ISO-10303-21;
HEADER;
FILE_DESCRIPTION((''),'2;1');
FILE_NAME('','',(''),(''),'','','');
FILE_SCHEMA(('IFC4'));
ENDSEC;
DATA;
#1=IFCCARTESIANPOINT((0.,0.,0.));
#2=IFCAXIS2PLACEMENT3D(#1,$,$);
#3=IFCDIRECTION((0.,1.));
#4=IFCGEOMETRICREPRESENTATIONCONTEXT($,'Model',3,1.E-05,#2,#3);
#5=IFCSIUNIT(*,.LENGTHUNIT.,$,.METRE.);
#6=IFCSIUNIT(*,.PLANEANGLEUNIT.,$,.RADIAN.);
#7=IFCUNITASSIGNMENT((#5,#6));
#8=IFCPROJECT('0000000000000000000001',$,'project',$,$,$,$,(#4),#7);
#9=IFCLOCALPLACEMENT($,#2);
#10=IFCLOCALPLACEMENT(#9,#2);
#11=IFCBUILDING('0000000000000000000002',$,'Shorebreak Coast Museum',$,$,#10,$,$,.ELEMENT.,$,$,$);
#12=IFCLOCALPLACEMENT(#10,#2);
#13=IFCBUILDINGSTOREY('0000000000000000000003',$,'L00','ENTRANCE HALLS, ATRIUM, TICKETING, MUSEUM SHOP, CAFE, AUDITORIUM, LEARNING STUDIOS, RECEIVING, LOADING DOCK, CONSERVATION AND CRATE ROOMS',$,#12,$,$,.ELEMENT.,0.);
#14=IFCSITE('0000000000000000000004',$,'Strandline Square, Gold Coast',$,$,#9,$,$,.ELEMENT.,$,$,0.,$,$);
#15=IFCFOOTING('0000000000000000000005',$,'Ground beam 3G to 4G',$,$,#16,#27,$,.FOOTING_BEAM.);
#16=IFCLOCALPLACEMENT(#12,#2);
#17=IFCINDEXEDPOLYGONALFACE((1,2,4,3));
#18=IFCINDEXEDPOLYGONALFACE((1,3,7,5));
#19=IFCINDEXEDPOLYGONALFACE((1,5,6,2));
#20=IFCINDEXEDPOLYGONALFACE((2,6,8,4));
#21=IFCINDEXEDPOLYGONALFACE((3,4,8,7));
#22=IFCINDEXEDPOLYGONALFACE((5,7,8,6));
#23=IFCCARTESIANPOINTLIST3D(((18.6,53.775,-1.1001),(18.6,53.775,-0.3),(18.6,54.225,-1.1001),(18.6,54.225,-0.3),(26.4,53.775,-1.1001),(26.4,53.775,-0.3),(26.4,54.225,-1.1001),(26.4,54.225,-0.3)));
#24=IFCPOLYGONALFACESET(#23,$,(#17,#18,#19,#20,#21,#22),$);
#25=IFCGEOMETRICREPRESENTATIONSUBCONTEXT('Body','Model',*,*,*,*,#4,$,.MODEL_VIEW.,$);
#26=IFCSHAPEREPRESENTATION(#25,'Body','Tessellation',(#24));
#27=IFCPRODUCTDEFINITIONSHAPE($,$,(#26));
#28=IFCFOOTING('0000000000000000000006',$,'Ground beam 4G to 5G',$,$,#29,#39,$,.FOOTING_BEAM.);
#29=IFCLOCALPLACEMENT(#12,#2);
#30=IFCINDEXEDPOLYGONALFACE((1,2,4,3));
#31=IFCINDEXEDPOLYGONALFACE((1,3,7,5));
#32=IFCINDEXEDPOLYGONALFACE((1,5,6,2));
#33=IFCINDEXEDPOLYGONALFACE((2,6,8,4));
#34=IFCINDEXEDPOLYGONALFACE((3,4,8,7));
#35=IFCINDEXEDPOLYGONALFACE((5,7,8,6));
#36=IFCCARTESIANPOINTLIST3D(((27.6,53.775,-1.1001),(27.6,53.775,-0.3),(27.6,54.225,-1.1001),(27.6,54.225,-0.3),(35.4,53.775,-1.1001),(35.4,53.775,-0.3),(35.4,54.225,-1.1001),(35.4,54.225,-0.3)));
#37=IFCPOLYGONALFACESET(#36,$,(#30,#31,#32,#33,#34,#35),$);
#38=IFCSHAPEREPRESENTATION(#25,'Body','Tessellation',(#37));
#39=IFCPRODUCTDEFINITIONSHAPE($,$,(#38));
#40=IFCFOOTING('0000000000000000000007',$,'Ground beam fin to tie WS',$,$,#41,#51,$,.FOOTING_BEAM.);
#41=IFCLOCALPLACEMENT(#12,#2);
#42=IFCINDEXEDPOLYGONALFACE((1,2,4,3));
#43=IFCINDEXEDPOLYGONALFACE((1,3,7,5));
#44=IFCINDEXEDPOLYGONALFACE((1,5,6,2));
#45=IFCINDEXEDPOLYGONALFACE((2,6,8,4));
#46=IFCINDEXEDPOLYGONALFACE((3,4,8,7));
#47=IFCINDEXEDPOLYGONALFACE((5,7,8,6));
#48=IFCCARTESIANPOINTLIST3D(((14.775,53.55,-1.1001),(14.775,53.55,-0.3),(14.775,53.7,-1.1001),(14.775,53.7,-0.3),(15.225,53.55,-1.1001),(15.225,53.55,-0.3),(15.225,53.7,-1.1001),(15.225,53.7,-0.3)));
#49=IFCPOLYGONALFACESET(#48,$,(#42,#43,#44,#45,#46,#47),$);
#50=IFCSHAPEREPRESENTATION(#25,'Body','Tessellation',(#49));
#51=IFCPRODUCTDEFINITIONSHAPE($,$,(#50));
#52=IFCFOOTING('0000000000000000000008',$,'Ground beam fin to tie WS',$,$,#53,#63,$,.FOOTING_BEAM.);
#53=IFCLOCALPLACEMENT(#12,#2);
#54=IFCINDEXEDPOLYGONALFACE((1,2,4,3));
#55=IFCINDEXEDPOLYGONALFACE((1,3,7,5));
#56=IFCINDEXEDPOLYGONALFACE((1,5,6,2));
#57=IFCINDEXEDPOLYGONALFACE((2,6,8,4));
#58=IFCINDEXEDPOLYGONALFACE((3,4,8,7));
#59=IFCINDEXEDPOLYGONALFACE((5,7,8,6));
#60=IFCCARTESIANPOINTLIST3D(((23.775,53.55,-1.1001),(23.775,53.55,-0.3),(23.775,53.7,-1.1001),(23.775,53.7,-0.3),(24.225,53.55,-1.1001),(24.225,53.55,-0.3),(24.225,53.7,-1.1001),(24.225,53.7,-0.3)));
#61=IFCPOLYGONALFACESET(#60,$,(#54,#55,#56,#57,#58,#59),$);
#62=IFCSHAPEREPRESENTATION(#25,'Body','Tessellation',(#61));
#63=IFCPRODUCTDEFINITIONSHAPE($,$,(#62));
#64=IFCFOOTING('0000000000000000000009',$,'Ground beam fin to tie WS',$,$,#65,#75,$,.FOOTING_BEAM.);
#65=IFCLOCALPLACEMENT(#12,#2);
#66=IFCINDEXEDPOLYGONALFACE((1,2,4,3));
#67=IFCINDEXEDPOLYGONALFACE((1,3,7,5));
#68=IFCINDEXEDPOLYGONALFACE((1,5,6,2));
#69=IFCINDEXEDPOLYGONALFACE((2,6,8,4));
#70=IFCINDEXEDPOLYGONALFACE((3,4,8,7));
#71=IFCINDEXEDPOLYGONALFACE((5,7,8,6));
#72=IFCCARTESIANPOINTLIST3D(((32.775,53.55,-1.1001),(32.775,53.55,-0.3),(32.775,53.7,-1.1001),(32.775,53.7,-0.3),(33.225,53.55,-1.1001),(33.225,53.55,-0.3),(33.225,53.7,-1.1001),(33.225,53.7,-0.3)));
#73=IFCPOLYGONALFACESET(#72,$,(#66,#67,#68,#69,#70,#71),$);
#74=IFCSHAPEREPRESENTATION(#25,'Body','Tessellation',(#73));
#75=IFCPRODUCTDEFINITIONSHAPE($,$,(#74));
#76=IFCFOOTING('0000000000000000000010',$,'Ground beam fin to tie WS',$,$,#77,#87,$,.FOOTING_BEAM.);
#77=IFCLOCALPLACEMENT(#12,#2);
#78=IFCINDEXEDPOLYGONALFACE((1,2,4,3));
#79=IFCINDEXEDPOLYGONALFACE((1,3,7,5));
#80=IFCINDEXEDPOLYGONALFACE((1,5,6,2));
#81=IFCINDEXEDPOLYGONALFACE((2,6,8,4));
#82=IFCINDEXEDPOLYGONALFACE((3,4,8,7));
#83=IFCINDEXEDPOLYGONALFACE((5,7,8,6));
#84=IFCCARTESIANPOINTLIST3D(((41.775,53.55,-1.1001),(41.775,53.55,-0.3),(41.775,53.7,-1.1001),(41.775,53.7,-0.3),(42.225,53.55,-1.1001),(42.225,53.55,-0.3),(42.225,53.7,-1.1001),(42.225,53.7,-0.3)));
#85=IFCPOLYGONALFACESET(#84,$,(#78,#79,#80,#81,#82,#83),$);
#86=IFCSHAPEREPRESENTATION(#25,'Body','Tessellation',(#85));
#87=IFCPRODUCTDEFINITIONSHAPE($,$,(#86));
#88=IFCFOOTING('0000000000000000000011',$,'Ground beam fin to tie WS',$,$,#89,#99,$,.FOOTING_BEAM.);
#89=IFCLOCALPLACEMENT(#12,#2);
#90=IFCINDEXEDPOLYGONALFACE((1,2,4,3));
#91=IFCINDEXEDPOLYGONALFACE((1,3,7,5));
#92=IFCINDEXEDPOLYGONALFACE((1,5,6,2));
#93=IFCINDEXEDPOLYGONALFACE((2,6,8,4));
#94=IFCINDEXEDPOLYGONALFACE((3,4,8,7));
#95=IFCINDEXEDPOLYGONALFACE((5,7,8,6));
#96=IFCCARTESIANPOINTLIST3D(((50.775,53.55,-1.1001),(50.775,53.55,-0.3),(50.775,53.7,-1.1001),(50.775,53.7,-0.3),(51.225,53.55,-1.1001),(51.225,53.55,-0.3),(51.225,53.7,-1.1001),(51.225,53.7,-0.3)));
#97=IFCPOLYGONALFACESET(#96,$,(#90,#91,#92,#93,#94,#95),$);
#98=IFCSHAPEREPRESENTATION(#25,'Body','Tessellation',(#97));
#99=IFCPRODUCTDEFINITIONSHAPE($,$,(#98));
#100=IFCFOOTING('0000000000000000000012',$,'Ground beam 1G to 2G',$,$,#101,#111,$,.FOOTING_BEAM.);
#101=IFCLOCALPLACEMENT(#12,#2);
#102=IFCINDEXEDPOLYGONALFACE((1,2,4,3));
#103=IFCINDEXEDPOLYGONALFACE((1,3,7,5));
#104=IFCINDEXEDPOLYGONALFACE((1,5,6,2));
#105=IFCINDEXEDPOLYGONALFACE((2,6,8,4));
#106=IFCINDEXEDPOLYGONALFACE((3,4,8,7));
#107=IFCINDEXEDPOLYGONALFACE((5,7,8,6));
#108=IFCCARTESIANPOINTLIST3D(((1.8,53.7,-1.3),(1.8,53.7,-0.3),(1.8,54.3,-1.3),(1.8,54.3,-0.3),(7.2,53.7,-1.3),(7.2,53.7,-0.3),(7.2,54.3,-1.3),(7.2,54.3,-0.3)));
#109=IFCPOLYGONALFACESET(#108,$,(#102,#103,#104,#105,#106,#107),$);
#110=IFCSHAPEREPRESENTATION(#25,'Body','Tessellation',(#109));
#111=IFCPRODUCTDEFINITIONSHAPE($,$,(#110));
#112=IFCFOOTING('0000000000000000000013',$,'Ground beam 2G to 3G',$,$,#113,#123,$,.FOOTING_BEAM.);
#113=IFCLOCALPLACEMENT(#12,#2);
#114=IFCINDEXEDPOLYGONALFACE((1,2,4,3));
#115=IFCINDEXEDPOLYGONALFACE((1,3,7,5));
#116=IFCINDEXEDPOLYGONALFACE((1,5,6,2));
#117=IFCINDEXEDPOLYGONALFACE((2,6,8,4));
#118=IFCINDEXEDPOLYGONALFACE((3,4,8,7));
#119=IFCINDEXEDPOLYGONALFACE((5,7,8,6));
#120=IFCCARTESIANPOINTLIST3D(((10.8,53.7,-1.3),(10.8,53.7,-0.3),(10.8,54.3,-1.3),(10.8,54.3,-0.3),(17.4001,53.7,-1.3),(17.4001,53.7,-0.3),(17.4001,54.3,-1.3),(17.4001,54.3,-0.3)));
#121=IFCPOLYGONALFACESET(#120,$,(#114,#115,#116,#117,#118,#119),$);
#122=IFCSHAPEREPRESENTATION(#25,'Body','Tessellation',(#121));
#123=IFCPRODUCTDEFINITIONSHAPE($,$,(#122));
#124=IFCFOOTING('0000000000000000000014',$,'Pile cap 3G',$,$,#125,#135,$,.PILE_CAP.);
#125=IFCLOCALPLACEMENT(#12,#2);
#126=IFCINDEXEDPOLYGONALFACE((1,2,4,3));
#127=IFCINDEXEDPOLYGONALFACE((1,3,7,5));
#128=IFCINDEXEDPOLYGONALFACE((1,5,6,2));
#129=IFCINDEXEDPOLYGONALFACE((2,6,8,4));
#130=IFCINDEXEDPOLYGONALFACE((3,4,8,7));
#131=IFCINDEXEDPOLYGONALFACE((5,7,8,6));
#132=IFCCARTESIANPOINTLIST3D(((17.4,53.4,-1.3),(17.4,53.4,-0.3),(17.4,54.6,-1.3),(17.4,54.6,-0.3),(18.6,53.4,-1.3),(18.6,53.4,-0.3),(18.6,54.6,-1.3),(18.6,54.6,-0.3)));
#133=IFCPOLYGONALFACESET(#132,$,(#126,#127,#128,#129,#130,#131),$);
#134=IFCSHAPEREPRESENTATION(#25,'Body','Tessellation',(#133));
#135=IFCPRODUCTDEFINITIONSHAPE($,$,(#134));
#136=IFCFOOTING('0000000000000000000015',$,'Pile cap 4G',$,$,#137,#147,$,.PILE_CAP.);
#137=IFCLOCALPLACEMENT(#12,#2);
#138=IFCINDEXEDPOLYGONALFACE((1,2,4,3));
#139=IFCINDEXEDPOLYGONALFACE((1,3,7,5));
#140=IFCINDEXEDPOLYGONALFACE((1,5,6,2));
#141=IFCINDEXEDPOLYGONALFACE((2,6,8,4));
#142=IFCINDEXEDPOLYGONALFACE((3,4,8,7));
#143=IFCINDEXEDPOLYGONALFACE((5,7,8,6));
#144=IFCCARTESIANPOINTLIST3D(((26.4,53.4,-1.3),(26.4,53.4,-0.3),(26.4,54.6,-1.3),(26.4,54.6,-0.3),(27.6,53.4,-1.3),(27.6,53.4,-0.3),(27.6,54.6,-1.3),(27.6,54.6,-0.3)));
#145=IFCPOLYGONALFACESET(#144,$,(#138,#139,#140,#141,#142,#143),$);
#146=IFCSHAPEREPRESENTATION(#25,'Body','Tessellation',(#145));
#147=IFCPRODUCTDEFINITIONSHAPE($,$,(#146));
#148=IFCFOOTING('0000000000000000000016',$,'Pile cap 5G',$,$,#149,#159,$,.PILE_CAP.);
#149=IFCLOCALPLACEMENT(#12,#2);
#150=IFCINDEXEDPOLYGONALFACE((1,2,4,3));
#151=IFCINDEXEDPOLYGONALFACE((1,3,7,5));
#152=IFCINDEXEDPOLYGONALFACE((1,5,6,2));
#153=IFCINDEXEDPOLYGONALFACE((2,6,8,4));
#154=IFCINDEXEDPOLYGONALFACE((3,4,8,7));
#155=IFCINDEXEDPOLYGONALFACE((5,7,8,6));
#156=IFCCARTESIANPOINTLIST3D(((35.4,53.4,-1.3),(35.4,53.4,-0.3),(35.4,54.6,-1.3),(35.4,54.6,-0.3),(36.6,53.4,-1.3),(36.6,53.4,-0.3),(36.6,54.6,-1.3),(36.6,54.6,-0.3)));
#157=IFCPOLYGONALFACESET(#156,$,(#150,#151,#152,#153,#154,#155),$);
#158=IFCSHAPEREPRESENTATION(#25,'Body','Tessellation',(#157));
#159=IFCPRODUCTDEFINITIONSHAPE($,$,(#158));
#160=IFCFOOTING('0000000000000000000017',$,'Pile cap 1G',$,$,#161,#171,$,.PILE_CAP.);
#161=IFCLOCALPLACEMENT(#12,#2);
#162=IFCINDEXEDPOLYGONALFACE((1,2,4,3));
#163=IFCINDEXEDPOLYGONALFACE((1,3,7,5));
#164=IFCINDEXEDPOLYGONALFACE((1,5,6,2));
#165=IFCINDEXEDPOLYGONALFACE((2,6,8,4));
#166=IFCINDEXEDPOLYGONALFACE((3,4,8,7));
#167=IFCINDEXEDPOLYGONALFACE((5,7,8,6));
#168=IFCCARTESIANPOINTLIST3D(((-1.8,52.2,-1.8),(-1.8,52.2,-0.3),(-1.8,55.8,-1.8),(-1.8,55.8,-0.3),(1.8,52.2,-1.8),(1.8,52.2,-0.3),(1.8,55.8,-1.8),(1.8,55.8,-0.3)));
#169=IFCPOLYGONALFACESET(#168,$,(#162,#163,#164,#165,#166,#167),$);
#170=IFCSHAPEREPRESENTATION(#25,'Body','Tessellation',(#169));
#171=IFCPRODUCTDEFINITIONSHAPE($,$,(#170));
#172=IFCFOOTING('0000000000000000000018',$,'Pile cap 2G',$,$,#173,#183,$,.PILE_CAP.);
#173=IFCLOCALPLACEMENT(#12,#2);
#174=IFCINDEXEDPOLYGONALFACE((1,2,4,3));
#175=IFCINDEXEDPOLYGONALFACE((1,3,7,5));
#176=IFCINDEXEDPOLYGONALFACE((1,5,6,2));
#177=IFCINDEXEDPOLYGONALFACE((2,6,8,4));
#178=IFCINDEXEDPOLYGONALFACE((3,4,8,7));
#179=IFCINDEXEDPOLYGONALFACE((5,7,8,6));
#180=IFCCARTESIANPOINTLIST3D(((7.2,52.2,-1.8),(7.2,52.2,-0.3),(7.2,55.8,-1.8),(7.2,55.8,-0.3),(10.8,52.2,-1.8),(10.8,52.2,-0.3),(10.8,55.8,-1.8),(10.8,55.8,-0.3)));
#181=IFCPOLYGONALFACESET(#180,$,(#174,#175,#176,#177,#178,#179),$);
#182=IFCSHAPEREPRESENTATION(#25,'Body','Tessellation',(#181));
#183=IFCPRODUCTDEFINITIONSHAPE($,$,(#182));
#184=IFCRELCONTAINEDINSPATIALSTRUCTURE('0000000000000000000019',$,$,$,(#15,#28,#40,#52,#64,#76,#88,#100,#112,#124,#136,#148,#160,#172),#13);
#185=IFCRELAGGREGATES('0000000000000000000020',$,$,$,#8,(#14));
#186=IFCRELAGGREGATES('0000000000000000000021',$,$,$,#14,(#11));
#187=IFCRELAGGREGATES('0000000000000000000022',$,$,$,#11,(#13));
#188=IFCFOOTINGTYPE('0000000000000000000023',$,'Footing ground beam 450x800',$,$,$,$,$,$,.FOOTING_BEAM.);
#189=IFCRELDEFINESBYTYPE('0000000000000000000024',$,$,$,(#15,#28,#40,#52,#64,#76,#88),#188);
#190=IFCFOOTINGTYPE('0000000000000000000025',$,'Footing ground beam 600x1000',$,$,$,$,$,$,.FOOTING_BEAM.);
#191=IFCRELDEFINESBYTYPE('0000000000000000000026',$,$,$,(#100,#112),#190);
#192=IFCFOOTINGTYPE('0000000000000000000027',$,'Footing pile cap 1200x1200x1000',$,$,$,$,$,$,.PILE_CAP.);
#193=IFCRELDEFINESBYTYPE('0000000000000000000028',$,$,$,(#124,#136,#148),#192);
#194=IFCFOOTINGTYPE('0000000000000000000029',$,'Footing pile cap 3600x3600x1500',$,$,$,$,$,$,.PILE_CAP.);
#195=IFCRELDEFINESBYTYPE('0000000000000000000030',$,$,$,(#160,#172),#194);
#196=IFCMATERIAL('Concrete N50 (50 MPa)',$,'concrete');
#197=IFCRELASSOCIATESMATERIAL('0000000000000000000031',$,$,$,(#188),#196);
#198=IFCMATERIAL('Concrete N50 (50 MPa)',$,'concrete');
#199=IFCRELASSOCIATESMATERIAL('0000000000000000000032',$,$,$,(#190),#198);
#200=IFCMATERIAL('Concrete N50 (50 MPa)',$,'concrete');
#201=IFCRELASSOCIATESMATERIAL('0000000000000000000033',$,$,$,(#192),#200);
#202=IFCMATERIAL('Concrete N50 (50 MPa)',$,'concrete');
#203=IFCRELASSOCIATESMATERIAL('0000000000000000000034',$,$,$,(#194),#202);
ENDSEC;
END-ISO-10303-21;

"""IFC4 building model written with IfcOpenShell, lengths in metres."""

from ifc_helpers import new_model, si_unit, direction, frame, origin, origin_2d, place, context, subcontext, project, spatial, rectangle, extrude, material, type_object, element, save


model = new_model("IFC4")

# Units and contexts
model_context = context("Model", 3, precision=1e-05, world=origin(), true_north=direction((0.0, 1.0)))
body_context = subcontext(model_context, "Body", "Model", "MODEL_VIEW")
ifc_project = project(units=[si_unit("LENGTHUNIT", "METRE"), si_unit("PLANEANGLEUNIT", "RADIAN")], contexts=[model_context])

# Site, building, storey
site_placement = place(None, origin())
site = spatial("IfcSite", under=ifc_project, at=site_placement, Name="Strandline Square, Gold Coast", CompositionType="ELEMENT", RefElevation=0.0)
building_placement = place(site_placement, origin())
building = spatial("IfcBuilding", under=site, at=building_placement, Name="Shorebreak Coast Museum", CompositionType="ELEMENT")
storey_placement = place(building_placement, origin())
storey = spatial("IfcBuildingStorey", under=building, at=storey_placement, Name="L00", Description="ENTRANCE HALLS, ATRIUM, TICKETING, MUSEUM SHOP, CAFE, AUDITORIUM, LEARNING STUDIOS, RECEIVING, LOADING DOCK, CONSERVATION AND CRATE ROOMS", CompositionType="ELEMENT", Elevation=0.0)

# Footings
ifc_material_1 = material(Name="Concrete N50 (50 MPa)", Category="concrete")
footing_type_1 = type_object("IfcFootingType", Name="Footing ground beam 450x800", PredefinedType="FOOTING_BEAM", material=ifc_material_1)
for number, where, z_axis, x_axis, name in (
    (1, (22.5, 54.0, -1.1001), (0.0, 0.0, 1.0), (1.0, 0.0, 0.0), "Ground beam 3G to 4G"),
    (2, (31.5, 54.0, -1.1001), (0.0, 0.0, 1.0), (1.0, 0.0, 0.0), "Ground beam 4G to 5G"),
):
    element("IfcFooting", number, at=place(storey_placement, frame(where, z_axis=z_axis, x_axis=x_axis)), inside=storey, type_object=footing_type_1, Name=name, PredefinedType="FOOTING_BEAM", context=body_context, shape_type="SweptSolid", body=[
        extrude(rectangle(XDim=7.8, YDim=0.45, at=origin_2d()), origin(), (0.0, 0.0, 1.0), 0.8),
    ])
for number, where, z_axis, x_axis, name in (
    (3, (15.0, 53.625, -1.1001), (0.0, 0.0, 1.0), (1.0, 0.0, 0.0), "Ground beam fin to tie WS"),
    (4, (24.0, 53.625, -1.1001), (0.0, 0.0, 1.0), (1.0, 0.0, 0.0), "Ground beam fin to tie WS"),
    (5, (33.0, 53.625, -1.1001), (0.0, 0.0, 1.0), (1.0, 0.0, 0.0), "Ground beam fin to tie WS"),
    (6, (42.0, 53.625, -1.1001), (0.0, 0.0, 1.0), (1.0, 0.0, 0.0), "Ground beam fin to tie WS"),
    (7, (51.0, 53.625, -1.1001), (0.0, 0.0, 1.0), (1.0, 0.0, 0.0), "Ground beam fin to tie WS"),
):
    element("IfcFooting", number, at=place(storey_placement, frame(where, z_axis=z_axis, x_axis=x_axis)), inside=storey, type_object=footing_type_1, Name=name, PredefinedType="FOOTING_BEAM", context=body_context, shape_type="SweptSolid", body=[
        extrude(rectangle(XDim=0.45, YDim=0.1499, at=origin_2d()), origin(), (0.0, 0.0, 1.0), 0.8),
    ])
ifc_material_2 = material(Name="Concrete N50 (50 MPa)", Category="concrete")
footing_type_2 = type_object("IfcFootingType", Name="Footing ground beam 600x1000", PredefinedType="FOOTING_BEAM", material=ifc_material_2)
footing_1_placement = place(storey_placement, frame((4.5, 54.0, -1.3), z_axis=(0.0, 0.0, 1.0), x_axis=(1.0, 0.0, 0.0)))
element("IfcFooting", 8, at=footing_1_placement, inside=storey, type_object=footing_type_2, Name="Ground beam 1G to 2G", PredefinedType="FOOTING_BEAM", context=body_context, shape_type="SweptSolid", body=[
    extrude(rectangle(XDim=5.3999, YDim=0.6001, at=origin_2d()), origin(), (0.0, 0.0, 1.0), 1.0),
])
footing_2_placement = place(storey_placement, frame((14.1001, 54.0, -1.3), z_axis=(0.0, 0.0, 1.0), x_axis=(1.0, 0.0, 0.0)))
element("IfcFooting", 9, at=footing_2_placement, inside=storey, type_object=footing_type_2, Name="Ground beam 2G to 3G", PredefinedType="FOOTING_BEAM", context=body_context, shape_type="SweptSolid", body=[
    extrude(rectangle(XDim=6.6001, YDim=0.6001, at=origin_2d()), origin(), (0.0, 0.0, 1.0), 1.0),
])
ifc_material_3 = material(Name="Concrete N50 (50 MPa)", Category="concrete")
footing_type_3 = type_object("IfcFootingType", Name="Footing pile cap 1200x1200x1000", PredefinedType="PILE_CAP", material=ifc_material_3)
for number, where, z_axis, x_axis, name in (
    (10, (18.0, 54.0, -1.3), (0.0, 0.0, 1.0), (1.0, 0.0, 0.0), "Pile cap 3G"),
    (11, (27.0, 54.0, -1.3), (0.0, 0.0, 1.0), (1.0, 0.0, 0.0), "Pile cap 4G"),
    (12, (36.0, 54.0, -1.3), (0.0, 0.0, 1.0), (1.0, 0.0, 0.0), "Pile cap 5G"),
):
    element("IfcFooting", number, at=place(storey_placement, frame(where, z_axis=z_axis, x_axis=x_axis)), inside=storey, type_object=footing_type_3, Name=name, PredefinedType="PILE_CAP", context=body_context, shape_type="SweptSolid", body=[
        extrude(rectangle(XDim=1.2, YDim=1.2, at=origin_2d()), origin(), (0.0, 0.0, 1.0), 1.0),
    ])
ifc_material_4 = material(Name="Concrete N50 (50 MPa)", Category="concrete")
footing_type_4 = type_object("IfcFootingType", Name="Footing pile cap 3600x3600x1500", PredefinedType="PILE_CAP", material=ifc_material_4)
for number, where, z_axis, x_axis, name in (
    (13, (0.0, 54.0, -1.8), (0.0, 0.0, 1.0), (1.0, 0.0, 0.0), "Pile cap 1G"),
    (14, (9.0, 54.0, -1.8), (0.0, 0.0, 1.0), (1.0, 0.0, 0.0), "Pile cap 2G"),
):
    element("IfcFooting", number, at=place(storey_placement, frame(where, z_axis=z_axis, x_axis=x_axis)), inside=storey, type_object=footing_type_4, Name=name, PredefinedType="PILE_CAP", context=body_context, shape_type="SweptSolid", body=[
        extrude(rectangle(XDim=3.6001, YDim=3.6001, at=origin_2d()), origin(), (0.0, 0.0, 1.0), 1.5),
    ])

save(model, "model.ifc")
